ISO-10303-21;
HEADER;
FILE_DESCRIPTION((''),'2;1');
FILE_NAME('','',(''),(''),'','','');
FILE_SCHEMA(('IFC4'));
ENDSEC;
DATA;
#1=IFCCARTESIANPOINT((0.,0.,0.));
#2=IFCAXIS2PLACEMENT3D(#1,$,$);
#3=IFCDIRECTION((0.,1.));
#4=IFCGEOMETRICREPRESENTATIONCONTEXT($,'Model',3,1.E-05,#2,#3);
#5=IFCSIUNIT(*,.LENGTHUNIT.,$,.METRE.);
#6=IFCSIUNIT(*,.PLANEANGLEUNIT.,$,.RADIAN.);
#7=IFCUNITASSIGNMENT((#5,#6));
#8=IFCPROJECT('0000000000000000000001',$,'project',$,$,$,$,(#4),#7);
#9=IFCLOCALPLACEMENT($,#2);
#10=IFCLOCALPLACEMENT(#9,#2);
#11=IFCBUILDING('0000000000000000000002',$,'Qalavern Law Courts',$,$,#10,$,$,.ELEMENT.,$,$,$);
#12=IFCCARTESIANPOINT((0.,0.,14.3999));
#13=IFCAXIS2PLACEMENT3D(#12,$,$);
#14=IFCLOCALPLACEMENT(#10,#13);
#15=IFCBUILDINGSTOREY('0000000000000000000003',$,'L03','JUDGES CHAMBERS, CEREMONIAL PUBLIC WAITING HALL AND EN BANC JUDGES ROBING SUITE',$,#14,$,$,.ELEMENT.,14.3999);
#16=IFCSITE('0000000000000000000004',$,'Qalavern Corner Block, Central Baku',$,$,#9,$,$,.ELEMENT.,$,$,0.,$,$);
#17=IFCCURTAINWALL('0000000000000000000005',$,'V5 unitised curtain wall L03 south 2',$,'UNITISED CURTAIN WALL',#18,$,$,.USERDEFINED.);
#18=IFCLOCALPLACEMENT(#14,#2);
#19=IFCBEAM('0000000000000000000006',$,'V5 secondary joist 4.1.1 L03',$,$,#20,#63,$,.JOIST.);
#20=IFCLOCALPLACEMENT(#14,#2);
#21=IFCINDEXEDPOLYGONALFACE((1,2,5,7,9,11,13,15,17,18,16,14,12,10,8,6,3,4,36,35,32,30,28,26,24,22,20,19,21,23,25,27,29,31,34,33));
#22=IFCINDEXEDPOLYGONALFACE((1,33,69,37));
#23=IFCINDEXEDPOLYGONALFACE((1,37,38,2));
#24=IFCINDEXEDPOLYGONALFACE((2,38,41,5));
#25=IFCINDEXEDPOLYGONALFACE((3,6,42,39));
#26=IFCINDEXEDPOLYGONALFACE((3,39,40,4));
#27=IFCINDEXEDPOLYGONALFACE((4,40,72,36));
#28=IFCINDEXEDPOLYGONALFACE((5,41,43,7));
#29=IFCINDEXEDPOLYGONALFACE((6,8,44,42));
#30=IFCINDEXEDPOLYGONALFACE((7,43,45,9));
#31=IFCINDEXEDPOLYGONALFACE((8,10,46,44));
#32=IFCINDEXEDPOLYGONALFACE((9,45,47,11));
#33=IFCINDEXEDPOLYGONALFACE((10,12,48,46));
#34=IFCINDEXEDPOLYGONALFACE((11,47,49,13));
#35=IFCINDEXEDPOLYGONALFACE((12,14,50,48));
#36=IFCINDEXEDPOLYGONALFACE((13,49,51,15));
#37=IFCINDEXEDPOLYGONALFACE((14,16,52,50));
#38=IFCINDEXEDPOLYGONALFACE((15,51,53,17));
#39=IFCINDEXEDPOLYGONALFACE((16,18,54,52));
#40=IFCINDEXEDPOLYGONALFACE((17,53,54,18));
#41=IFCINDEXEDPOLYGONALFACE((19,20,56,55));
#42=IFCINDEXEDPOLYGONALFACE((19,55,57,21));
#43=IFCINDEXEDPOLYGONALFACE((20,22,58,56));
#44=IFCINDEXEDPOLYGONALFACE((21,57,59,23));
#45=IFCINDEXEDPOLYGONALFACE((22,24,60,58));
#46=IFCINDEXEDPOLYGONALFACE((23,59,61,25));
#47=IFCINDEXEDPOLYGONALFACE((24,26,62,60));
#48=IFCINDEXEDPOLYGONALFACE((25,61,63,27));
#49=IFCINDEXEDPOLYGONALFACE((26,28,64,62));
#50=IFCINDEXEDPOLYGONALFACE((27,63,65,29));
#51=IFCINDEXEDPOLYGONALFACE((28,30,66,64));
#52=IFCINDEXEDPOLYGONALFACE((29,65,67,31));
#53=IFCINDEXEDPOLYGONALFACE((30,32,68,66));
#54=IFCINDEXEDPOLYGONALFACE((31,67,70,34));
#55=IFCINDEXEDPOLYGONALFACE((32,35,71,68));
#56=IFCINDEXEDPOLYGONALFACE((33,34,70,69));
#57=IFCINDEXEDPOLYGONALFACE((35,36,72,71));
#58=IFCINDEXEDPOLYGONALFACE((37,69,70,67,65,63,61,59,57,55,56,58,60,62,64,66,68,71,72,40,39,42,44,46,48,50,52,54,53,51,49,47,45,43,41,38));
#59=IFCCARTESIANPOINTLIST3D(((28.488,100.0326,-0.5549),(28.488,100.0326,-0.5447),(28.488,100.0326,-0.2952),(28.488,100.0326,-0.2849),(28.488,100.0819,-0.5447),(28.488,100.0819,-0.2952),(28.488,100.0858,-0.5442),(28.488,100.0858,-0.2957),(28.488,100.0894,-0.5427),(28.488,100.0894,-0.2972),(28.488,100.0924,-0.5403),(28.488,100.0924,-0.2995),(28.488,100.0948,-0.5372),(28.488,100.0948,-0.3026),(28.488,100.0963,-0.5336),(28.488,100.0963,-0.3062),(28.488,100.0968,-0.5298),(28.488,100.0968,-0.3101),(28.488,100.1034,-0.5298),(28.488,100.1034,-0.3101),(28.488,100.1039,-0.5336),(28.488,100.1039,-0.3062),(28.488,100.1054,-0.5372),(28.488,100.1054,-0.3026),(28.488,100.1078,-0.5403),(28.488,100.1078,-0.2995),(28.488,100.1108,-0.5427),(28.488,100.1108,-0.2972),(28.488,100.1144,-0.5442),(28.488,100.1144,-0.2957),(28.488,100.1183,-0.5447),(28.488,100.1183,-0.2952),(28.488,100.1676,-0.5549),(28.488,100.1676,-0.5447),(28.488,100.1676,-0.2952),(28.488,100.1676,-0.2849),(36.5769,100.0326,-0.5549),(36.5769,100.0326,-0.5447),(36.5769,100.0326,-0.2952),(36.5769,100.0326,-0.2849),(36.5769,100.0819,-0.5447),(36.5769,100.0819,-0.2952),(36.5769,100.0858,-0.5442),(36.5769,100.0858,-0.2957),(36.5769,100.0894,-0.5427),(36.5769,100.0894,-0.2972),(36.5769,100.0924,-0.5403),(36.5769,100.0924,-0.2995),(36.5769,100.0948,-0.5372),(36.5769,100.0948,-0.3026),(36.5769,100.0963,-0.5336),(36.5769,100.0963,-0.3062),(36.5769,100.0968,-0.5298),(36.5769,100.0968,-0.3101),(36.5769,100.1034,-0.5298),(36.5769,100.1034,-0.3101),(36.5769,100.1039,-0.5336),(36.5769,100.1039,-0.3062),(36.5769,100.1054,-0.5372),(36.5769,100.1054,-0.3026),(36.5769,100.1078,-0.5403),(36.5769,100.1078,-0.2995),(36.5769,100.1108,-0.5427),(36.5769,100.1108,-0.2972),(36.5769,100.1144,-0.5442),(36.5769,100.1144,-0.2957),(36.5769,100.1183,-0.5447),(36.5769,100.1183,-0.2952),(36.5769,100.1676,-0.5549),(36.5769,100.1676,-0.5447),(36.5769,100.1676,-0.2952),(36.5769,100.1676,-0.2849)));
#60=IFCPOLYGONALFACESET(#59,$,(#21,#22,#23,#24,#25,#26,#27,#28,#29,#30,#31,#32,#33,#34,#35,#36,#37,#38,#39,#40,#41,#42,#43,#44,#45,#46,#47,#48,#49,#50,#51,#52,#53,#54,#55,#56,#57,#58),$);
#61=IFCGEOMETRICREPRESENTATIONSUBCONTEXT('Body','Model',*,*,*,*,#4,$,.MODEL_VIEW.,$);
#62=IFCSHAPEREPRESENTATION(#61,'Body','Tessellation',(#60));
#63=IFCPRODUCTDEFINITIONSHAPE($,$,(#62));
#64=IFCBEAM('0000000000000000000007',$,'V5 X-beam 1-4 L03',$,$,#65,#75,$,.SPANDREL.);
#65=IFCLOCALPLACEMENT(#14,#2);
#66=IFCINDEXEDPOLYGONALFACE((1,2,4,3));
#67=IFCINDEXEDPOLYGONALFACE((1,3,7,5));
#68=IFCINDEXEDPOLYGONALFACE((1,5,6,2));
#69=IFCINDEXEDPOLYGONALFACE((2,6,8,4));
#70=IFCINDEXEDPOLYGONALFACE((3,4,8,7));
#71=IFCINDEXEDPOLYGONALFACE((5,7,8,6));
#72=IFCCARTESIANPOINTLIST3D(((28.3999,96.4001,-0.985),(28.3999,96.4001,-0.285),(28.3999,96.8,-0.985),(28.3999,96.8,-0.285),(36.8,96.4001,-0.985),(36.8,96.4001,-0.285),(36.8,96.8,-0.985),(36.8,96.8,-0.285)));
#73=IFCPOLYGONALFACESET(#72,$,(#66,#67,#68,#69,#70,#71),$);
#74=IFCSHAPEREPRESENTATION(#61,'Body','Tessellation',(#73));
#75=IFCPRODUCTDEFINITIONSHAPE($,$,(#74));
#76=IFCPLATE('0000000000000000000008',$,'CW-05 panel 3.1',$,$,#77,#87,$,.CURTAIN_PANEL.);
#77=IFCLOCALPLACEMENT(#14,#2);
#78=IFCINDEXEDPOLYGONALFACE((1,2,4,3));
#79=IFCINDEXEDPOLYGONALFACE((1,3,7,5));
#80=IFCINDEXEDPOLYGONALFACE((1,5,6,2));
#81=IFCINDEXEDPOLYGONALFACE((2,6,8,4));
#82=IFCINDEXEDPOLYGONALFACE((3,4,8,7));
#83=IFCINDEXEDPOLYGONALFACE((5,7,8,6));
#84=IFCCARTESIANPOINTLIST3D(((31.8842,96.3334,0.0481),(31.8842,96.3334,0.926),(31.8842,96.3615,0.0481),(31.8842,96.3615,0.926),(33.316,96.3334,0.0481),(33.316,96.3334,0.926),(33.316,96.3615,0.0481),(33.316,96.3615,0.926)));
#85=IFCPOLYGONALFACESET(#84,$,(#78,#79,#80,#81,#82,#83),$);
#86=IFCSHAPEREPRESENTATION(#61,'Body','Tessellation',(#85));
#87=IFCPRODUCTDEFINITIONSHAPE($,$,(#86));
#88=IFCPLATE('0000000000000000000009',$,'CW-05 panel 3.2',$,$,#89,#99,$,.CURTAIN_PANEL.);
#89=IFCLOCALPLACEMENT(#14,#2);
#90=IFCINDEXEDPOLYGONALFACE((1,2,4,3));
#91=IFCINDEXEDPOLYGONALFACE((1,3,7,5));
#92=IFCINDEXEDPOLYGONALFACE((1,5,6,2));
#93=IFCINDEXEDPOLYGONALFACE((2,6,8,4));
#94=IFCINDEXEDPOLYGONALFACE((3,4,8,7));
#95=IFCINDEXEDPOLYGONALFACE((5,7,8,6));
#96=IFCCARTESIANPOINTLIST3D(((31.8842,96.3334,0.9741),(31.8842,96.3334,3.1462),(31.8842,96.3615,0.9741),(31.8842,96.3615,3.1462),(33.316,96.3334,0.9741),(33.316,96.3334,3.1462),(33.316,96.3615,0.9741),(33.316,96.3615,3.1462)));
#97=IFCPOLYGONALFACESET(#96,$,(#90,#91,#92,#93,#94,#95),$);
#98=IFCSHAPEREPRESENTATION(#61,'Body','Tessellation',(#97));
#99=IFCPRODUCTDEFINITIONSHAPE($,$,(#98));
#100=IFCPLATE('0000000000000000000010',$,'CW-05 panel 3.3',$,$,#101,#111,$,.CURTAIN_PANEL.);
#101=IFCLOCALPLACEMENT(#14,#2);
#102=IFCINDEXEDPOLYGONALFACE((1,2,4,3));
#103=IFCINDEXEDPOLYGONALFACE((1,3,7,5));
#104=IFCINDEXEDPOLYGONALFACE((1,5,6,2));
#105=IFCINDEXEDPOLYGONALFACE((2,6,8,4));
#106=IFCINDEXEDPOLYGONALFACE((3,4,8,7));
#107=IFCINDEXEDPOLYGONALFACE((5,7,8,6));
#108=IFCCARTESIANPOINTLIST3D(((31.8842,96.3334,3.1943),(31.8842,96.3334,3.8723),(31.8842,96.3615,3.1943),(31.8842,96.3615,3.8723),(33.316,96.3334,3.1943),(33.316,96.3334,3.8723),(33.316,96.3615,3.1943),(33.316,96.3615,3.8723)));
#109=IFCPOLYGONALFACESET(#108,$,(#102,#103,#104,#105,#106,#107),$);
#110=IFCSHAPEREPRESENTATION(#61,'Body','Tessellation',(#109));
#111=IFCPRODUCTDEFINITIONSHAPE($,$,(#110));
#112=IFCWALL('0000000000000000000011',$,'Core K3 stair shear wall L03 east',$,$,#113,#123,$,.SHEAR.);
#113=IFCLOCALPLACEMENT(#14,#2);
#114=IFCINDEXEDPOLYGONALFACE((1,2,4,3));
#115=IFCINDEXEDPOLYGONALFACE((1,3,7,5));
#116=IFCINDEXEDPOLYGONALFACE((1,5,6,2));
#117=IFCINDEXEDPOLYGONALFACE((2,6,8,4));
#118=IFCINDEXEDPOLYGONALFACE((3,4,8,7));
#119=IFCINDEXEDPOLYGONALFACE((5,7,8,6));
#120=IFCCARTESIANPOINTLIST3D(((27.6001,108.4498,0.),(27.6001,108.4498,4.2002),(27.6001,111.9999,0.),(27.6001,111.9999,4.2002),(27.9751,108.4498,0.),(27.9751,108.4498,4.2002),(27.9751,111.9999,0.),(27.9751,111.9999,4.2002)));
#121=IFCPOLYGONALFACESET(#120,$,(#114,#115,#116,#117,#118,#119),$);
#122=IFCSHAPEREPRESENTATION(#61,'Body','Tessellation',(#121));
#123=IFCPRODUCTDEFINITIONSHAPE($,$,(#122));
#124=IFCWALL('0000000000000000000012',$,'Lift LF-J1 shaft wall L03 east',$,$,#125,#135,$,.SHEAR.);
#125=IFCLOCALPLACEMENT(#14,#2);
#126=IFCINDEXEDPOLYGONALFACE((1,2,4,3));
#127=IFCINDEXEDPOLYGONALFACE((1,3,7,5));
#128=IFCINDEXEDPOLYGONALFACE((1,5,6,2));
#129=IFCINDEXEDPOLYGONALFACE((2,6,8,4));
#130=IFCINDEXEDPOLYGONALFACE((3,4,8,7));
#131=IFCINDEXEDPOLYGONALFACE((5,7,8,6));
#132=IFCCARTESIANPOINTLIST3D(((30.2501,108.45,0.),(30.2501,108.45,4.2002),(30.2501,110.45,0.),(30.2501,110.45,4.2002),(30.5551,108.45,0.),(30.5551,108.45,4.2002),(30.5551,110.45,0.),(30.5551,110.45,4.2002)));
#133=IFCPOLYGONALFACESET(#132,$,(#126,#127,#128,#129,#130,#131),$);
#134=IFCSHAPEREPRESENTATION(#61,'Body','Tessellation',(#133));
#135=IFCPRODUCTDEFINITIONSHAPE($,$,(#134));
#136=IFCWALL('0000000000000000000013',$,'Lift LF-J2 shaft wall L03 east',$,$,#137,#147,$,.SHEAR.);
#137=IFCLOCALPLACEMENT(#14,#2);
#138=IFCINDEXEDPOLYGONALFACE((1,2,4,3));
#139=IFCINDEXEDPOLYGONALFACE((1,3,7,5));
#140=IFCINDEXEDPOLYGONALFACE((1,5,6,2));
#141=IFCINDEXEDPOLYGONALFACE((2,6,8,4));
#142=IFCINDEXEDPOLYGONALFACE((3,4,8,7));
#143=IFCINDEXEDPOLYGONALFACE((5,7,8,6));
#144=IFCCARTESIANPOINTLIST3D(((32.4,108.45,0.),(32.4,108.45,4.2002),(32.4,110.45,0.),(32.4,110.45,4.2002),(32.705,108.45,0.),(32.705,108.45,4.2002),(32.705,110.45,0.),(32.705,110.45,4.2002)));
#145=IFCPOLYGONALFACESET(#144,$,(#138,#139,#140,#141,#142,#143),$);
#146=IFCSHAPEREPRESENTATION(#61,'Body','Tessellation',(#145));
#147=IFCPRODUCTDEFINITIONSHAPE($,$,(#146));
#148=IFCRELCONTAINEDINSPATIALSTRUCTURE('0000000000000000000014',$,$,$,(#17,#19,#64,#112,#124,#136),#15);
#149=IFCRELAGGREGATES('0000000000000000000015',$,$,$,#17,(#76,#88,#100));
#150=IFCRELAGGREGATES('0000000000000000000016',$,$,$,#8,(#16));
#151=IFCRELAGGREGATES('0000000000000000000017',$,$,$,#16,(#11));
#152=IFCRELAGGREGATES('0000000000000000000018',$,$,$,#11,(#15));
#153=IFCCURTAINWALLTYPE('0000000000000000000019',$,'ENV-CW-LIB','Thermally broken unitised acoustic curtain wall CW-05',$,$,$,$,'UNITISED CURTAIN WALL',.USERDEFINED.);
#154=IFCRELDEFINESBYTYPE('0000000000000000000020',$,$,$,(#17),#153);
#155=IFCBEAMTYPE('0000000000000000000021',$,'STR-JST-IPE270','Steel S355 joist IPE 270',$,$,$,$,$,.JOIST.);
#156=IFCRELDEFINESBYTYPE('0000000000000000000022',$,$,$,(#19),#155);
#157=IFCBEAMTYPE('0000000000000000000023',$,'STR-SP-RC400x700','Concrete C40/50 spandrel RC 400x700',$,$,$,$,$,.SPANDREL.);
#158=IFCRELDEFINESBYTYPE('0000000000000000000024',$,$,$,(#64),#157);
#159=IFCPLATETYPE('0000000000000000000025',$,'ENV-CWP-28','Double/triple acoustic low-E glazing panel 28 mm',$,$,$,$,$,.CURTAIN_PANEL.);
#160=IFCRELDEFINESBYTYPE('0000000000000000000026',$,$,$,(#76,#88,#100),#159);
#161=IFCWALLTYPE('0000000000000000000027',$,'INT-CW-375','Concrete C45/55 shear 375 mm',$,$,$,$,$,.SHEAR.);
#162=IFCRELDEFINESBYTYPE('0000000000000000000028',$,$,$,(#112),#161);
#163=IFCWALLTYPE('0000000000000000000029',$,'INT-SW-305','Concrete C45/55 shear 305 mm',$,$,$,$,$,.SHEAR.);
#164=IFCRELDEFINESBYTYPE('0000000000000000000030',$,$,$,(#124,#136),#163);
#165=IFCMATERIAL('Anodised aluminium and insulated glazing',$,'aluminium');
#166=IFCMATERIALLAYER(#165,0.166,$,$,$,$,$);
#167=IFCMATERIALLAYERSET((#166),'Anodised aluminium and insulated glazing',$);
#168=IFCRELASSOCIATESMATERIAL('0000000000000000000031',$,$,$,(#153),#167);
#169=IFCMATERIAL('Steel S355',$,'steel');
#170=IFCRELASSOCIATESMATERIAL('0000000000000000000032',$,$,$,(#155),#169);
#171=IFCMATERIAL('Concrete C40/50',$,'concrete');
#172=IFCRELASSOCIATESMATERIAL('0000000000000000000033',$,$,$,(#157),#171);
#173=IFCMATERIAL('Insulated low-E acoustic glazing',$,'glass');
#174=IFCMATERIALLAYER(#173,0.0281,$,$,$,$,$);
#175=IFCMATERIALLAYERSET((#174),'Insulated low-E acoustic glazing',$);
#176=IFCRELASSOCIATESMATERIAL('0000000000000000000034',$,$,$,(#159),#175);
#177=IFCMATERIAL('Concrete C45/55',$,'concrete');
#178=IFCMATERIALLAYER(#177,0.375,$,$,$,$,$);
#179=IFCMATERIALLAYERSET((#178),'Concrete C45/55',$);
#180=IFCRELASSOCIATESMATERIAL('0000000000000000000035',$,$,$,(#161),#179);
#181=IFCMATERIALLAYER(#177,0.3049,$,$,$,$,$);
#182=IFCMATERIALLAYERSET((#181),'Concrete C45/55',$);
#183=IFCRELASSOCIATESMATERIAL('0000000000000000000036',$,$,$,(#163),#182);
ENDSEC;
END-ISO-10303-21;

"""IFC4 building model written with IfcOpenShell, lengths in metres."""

from ifc_helpers import new_model, si_unit, direction, frame, frame_2d, origin, origin_2d, place, context, subcontext, project, spatial, rectangle, i_section, extrude, material, layer, layer_set, material_profile, profile_set, type_object, element, aggregate, save


model = new_model("IFC4")

# Units and contexts
model_context = context("Model", 3, precision=1e-05, world=origin(), true_north=direction((0.0, 1.0)))
body_context = subcontext(model_context, "Body", "Model", "MODEL_VIEW")
ifc_project = project(units=[si_unit("LENGTHUNIT", "METRE"), si_unit("PLANEANGLEUNIT", "RADIAN")], contexts=[model_context])

# Site, building, storey
site_placement = place(None, origin())
site = spatial("IfcSite", under=ifc_project, at=site_placement, Name="Qalavern Corner Block, Central Baku", CompositionType="ELEMENT", RefElevation=0.0)
building_placement = place(site_placement, origin())
building = spatial("IfcBuilding", under=site, at=building_placement, Name="Qalavern Law Courts", CompositionType="ELEMENT")
storey_placement = place(building_placement, frame((0.0, 0.0, 14.3999)))
storey = spatial("IfcBuildingStorey", under=building, at=storey_placement, Name="L03", Description="JUDGES CHAMBERS, CEREMONIAL PUBLIC WAITING HALL AND EN BANC JUDGES ROBING SUITE", CompositionType="ELEMENT", Elevation=14.3999)

# Shared definitions
ifc_material_1 = material(Name="Concrete C45/55", Category="concrete")

# Curtain wall
ifc_material_2 = material(Name="Anodised aluminium and insulated glazing", Category="aluminium")
ifc_layer_1 = layer(ifc_material_2, 0.166)
ifc_layer_set_1 = layer_set([ifc_layer_1], Name="Anodised aluminium and insulated glazing")
curtain_wall_type = type_object("IfcCurtainWallType", Name="ENV-CW-LIB", Description="Thermally broken unitised acoustic curtain wall CW-05", ElementType="UNITISED CURTAIN WALL", PredefinedType="USERDEFINED", material=ifc_layer_set_1)
curtain_wall_placement = place(storey_placement, origin())
curtain_wall = element("IfcCurtainWall", 1, at=curtain_wall_placement, inside=storey, type_object=curtain_wall_type, Name="V5 unitised curtain wall L03 south 2", ObjectType="UNITISED CURTAIN WALL", PredefinedType="USERDEFINED")

# Beams
ifc_material_3 = material(Name="Steel S355", Category="steel")
ifc_material_4 = material(Name="Concrete C40/50", Category="concrete")
ifc_material_profile_1 = material_profile(ifc_material_3, i_section(OverallWidth=0.135, OverallDepth=0.27, WebThickness=0.0066, FlangeThickness=0.0103, FilletRadius=0.0149, at=origin_2d()), Name="IPE 270")
ifc_profile_set_1 = profile_set([ifc_material_profile_1], Name="Steel S355")
beam_type_1 = type_object("IfcBeamType", Name="STR-JST-IPE270", Description="Steel S355 joist IPE 270", PredefinedType="JOIST", material=ifc_profile_set_1)
beam_1_placement = place(storey_placement, frame((28.488, 100.1001, -0.4199), z_axis=(1.0, 0.0, 0.0), x_axis=(0.0, 1.0, 0.0)))
element("IfcBeam", 2, at=beam_1_placement, inside=storey, type_object=beam_type_1, Name="V5 secondary joist 4.1.1 L03", PredefinedType="JOIST", context=body_context, shape_type="SweptSolid", body=[
    extrude(i_section(OverallWidth=0.135, OverallDepth=0.27, WebThickness=0.0066, FlangeThickness=0.0103, FilletRadius=0.0149, at=origin_2d()), origin(), (0.0, 0.0, 1.0), 8.0889),
])
ifc_material_profile_2 = material_profile(ifc_material_4, rectangle(XDim=0.3999, YDim=0.7, at=origin_2d()), Name="RC 400x700")
ifc_profile_set_2 = profile_set([ifc_material_profile_2], Name="Concrete C40/50")
beam_type_2 = type_object("IfcBeamType", Name="STR-SP-RC400x700", Description="Concrete C40/50 spandrel RC 400x700", PredefinedType="SPANDREL", material=ifc_profile_set_2)
beam_2_placement = place(storey_placement, frame((28.3999, 96.6001, -0.635), z_axis=(1.0, 0.0, 0.0), x_axis=(0.0, 1.0, 0.0)))
element("IfcBeam", 3, at=beam_2_placement, inside=storey, type_object=beam_type_2, Name="V5 X-beam 1-4 L03", PredefinedType="SPANDREL", context=body_context, shape_type="SweptSolid", body=[
    extrude(rectangle(XDim=0.3999, YDim=0.7, at=origin_2d()), origin(), (0.0, 0.0, 1.0), 8.4001),
])

# Plates
ifc_material_5 = material(Name="Insulated low-E acoustic glazing", Category="glass")
ifc_layer_2 = layer(ifc_material_5, 0.0281)
ifc_layer_set_2 = layer_set([ifc_layer_2], Name="Insulated low-E acoustic glazing")
plate_type = type_object("IfcPlateType", Name="ENV-CWP-28", Description="Double/triple acoustic low-E glazing panel 28 mm", PredefinedType="CURTAIN_PANEL", material=ifc_layer_set_2)
plate_1_placement = place(storey_placement, frame((32.6001, 96.3474, 0.0481), z_axis=(0.0, 0.0, 1.0), x_axis=(1.0, 0.0, 0.0)))
plate_1 = element("IfcPlate", 4, at=plate_1_placement, type_object=plate_type, Name="CW-05 panel 3.1", PredefinedType="CURTAIN_PANEL", context=body_context, shape_type="SweptSolid", body=[
    extrude(rectangle(XDim=1.4319, YDim=0.0281, at=origin_2d()), origin(), (0.0, 0.0, 1.0), 0.8779),
])
plate_2_placement = place(storey_placement, frame((32.6001, 96.3474, 0.9741), z_axis=(0.0, 0.0, 1.0), x_axis=(1.0, 0.0, 0.0)))
plate_2 = element("IfcPlate", 5, at=plate_2_placement, type_object=plate_type, Name="CW-05 panel 3.2", PredefinedType="CURTAIN_PANEL", context=body_context, shape_type="SweptSolid", body=[
    extrude(rectangle(XDim=1.4319, YDim=0.0281, at=origin_2d()), origin(), (0.0, 0.0, 1.0), 2.1721),
])
plate_3_placement = place(storey_placement, frame((32.6001, 96.3474, 3.1943), z_axis=(0.0, 0.0, 1.0), x_axis=(1.0, 0.0, 0.0)))
plate_3 = element("IfcPlate", 6, at=plate_3_placement, type_object=plate_type, Name="CW-05 panel 3.3", PredefinedType="CURTAIN_PANEL", context=body_context, shape_type="SweptSolid", body=[
    extrude(rectangle(XDim=1.4319, YDim=0.0281, at=origin_2d()), origin(), (0.0, 0.0, 1.0), 0.678),
])
aggregate(curtain_wall, [plate_1, plate_2, plate_3])

# Wall
ifc_layer_3 = layer(ifc_material_1, 0.375)
ifc_layer_set_3 = layer_set([ifc_layer_3], Name="Concrete C45/55")
wall_type_1 = type_object("IfcWallType", Name="INT-CW-375", Description="Concrete C45/55 shear 375 mm", PredefinedType="SHEAR", material=ifc_layer_set_3)
wall_1_placement = place(storey_placement, frame((27.7876, 108.45, 0.0), z_axis=(0.0, 0.0, 1.0), x_axis=(0.0, 1.0, 0.0)))
element("IfcWall", 7, at=wall_1_placement, inside=storey, type_object=wall_type_1, Name="Core K3 stair shear wall L03 east", PredefinedType="SHEAR", context=body_context, shape_type="SweptSolid", body=[
    extrude(rectangle(XDim=3.55, YDim=0.375, at=frame_2d((1.7749, 0.0))), origin(), (0.0, 0.0, 1.0), 4.2002),
])

# Shared definitions
ifc_layer_4 = layer(ifc_material_1, 0.3049)
ifc_layer_set_4 = layer_set([ifc_layer_4], Name="Concrete C45/55")
wall_type_2 = type_object("IfcWallType", Name="INT-SW-305", Description="Concrete C45/55 shear 305 mm", PredefinedType="SHEAR", material=ifc_layer_set_4)

# Wall
wall_2_placement = place(storey_placement, frame((30.4026, 108.45, 0.0), z_axis=(0.0, 0.0, 1.0), x_axis=(0.0, 1.0, 0.0)))
element("IfcWall", 8, at=wall_2_placement, inside=storey, type_object=wall_type_2, Name="Lift LF-J1 shaft wall L03 east", PredefinedType="SHEAR", context=body_context, shape_type="SweptSolid", body=[
    extrude(rectangle(XDim=2.0, YDim=0.3049, at=frame_2d((1.0, 0.0))), origin(), (0.0, 0.0, 1.0), 4.2002),
])

# Wall
wall_3_placement = place(storey_placement, frame((32.5525, 108.45, 0.0), z_axis=(0.0, 0.0, 1.0), x_axis=(0.0, 1.0, 0.0)))
element("IfcWall", 9, at=wall_3_placement, inside=storey, type_object=wall_type_2, Name="Lift LF-J2 shaft wall L03 east", PredefinedType="SHEAR", context=body_context, shape_type="SweptSolid", body=[
    extrude(rectangle(XDim=2.0, YDim=0.3049, at=frame_2d((1.0, 0.0))), origin(), (0.0, 0.0, 1.0), 4.2002),
])

save(model, "model.ifc")
